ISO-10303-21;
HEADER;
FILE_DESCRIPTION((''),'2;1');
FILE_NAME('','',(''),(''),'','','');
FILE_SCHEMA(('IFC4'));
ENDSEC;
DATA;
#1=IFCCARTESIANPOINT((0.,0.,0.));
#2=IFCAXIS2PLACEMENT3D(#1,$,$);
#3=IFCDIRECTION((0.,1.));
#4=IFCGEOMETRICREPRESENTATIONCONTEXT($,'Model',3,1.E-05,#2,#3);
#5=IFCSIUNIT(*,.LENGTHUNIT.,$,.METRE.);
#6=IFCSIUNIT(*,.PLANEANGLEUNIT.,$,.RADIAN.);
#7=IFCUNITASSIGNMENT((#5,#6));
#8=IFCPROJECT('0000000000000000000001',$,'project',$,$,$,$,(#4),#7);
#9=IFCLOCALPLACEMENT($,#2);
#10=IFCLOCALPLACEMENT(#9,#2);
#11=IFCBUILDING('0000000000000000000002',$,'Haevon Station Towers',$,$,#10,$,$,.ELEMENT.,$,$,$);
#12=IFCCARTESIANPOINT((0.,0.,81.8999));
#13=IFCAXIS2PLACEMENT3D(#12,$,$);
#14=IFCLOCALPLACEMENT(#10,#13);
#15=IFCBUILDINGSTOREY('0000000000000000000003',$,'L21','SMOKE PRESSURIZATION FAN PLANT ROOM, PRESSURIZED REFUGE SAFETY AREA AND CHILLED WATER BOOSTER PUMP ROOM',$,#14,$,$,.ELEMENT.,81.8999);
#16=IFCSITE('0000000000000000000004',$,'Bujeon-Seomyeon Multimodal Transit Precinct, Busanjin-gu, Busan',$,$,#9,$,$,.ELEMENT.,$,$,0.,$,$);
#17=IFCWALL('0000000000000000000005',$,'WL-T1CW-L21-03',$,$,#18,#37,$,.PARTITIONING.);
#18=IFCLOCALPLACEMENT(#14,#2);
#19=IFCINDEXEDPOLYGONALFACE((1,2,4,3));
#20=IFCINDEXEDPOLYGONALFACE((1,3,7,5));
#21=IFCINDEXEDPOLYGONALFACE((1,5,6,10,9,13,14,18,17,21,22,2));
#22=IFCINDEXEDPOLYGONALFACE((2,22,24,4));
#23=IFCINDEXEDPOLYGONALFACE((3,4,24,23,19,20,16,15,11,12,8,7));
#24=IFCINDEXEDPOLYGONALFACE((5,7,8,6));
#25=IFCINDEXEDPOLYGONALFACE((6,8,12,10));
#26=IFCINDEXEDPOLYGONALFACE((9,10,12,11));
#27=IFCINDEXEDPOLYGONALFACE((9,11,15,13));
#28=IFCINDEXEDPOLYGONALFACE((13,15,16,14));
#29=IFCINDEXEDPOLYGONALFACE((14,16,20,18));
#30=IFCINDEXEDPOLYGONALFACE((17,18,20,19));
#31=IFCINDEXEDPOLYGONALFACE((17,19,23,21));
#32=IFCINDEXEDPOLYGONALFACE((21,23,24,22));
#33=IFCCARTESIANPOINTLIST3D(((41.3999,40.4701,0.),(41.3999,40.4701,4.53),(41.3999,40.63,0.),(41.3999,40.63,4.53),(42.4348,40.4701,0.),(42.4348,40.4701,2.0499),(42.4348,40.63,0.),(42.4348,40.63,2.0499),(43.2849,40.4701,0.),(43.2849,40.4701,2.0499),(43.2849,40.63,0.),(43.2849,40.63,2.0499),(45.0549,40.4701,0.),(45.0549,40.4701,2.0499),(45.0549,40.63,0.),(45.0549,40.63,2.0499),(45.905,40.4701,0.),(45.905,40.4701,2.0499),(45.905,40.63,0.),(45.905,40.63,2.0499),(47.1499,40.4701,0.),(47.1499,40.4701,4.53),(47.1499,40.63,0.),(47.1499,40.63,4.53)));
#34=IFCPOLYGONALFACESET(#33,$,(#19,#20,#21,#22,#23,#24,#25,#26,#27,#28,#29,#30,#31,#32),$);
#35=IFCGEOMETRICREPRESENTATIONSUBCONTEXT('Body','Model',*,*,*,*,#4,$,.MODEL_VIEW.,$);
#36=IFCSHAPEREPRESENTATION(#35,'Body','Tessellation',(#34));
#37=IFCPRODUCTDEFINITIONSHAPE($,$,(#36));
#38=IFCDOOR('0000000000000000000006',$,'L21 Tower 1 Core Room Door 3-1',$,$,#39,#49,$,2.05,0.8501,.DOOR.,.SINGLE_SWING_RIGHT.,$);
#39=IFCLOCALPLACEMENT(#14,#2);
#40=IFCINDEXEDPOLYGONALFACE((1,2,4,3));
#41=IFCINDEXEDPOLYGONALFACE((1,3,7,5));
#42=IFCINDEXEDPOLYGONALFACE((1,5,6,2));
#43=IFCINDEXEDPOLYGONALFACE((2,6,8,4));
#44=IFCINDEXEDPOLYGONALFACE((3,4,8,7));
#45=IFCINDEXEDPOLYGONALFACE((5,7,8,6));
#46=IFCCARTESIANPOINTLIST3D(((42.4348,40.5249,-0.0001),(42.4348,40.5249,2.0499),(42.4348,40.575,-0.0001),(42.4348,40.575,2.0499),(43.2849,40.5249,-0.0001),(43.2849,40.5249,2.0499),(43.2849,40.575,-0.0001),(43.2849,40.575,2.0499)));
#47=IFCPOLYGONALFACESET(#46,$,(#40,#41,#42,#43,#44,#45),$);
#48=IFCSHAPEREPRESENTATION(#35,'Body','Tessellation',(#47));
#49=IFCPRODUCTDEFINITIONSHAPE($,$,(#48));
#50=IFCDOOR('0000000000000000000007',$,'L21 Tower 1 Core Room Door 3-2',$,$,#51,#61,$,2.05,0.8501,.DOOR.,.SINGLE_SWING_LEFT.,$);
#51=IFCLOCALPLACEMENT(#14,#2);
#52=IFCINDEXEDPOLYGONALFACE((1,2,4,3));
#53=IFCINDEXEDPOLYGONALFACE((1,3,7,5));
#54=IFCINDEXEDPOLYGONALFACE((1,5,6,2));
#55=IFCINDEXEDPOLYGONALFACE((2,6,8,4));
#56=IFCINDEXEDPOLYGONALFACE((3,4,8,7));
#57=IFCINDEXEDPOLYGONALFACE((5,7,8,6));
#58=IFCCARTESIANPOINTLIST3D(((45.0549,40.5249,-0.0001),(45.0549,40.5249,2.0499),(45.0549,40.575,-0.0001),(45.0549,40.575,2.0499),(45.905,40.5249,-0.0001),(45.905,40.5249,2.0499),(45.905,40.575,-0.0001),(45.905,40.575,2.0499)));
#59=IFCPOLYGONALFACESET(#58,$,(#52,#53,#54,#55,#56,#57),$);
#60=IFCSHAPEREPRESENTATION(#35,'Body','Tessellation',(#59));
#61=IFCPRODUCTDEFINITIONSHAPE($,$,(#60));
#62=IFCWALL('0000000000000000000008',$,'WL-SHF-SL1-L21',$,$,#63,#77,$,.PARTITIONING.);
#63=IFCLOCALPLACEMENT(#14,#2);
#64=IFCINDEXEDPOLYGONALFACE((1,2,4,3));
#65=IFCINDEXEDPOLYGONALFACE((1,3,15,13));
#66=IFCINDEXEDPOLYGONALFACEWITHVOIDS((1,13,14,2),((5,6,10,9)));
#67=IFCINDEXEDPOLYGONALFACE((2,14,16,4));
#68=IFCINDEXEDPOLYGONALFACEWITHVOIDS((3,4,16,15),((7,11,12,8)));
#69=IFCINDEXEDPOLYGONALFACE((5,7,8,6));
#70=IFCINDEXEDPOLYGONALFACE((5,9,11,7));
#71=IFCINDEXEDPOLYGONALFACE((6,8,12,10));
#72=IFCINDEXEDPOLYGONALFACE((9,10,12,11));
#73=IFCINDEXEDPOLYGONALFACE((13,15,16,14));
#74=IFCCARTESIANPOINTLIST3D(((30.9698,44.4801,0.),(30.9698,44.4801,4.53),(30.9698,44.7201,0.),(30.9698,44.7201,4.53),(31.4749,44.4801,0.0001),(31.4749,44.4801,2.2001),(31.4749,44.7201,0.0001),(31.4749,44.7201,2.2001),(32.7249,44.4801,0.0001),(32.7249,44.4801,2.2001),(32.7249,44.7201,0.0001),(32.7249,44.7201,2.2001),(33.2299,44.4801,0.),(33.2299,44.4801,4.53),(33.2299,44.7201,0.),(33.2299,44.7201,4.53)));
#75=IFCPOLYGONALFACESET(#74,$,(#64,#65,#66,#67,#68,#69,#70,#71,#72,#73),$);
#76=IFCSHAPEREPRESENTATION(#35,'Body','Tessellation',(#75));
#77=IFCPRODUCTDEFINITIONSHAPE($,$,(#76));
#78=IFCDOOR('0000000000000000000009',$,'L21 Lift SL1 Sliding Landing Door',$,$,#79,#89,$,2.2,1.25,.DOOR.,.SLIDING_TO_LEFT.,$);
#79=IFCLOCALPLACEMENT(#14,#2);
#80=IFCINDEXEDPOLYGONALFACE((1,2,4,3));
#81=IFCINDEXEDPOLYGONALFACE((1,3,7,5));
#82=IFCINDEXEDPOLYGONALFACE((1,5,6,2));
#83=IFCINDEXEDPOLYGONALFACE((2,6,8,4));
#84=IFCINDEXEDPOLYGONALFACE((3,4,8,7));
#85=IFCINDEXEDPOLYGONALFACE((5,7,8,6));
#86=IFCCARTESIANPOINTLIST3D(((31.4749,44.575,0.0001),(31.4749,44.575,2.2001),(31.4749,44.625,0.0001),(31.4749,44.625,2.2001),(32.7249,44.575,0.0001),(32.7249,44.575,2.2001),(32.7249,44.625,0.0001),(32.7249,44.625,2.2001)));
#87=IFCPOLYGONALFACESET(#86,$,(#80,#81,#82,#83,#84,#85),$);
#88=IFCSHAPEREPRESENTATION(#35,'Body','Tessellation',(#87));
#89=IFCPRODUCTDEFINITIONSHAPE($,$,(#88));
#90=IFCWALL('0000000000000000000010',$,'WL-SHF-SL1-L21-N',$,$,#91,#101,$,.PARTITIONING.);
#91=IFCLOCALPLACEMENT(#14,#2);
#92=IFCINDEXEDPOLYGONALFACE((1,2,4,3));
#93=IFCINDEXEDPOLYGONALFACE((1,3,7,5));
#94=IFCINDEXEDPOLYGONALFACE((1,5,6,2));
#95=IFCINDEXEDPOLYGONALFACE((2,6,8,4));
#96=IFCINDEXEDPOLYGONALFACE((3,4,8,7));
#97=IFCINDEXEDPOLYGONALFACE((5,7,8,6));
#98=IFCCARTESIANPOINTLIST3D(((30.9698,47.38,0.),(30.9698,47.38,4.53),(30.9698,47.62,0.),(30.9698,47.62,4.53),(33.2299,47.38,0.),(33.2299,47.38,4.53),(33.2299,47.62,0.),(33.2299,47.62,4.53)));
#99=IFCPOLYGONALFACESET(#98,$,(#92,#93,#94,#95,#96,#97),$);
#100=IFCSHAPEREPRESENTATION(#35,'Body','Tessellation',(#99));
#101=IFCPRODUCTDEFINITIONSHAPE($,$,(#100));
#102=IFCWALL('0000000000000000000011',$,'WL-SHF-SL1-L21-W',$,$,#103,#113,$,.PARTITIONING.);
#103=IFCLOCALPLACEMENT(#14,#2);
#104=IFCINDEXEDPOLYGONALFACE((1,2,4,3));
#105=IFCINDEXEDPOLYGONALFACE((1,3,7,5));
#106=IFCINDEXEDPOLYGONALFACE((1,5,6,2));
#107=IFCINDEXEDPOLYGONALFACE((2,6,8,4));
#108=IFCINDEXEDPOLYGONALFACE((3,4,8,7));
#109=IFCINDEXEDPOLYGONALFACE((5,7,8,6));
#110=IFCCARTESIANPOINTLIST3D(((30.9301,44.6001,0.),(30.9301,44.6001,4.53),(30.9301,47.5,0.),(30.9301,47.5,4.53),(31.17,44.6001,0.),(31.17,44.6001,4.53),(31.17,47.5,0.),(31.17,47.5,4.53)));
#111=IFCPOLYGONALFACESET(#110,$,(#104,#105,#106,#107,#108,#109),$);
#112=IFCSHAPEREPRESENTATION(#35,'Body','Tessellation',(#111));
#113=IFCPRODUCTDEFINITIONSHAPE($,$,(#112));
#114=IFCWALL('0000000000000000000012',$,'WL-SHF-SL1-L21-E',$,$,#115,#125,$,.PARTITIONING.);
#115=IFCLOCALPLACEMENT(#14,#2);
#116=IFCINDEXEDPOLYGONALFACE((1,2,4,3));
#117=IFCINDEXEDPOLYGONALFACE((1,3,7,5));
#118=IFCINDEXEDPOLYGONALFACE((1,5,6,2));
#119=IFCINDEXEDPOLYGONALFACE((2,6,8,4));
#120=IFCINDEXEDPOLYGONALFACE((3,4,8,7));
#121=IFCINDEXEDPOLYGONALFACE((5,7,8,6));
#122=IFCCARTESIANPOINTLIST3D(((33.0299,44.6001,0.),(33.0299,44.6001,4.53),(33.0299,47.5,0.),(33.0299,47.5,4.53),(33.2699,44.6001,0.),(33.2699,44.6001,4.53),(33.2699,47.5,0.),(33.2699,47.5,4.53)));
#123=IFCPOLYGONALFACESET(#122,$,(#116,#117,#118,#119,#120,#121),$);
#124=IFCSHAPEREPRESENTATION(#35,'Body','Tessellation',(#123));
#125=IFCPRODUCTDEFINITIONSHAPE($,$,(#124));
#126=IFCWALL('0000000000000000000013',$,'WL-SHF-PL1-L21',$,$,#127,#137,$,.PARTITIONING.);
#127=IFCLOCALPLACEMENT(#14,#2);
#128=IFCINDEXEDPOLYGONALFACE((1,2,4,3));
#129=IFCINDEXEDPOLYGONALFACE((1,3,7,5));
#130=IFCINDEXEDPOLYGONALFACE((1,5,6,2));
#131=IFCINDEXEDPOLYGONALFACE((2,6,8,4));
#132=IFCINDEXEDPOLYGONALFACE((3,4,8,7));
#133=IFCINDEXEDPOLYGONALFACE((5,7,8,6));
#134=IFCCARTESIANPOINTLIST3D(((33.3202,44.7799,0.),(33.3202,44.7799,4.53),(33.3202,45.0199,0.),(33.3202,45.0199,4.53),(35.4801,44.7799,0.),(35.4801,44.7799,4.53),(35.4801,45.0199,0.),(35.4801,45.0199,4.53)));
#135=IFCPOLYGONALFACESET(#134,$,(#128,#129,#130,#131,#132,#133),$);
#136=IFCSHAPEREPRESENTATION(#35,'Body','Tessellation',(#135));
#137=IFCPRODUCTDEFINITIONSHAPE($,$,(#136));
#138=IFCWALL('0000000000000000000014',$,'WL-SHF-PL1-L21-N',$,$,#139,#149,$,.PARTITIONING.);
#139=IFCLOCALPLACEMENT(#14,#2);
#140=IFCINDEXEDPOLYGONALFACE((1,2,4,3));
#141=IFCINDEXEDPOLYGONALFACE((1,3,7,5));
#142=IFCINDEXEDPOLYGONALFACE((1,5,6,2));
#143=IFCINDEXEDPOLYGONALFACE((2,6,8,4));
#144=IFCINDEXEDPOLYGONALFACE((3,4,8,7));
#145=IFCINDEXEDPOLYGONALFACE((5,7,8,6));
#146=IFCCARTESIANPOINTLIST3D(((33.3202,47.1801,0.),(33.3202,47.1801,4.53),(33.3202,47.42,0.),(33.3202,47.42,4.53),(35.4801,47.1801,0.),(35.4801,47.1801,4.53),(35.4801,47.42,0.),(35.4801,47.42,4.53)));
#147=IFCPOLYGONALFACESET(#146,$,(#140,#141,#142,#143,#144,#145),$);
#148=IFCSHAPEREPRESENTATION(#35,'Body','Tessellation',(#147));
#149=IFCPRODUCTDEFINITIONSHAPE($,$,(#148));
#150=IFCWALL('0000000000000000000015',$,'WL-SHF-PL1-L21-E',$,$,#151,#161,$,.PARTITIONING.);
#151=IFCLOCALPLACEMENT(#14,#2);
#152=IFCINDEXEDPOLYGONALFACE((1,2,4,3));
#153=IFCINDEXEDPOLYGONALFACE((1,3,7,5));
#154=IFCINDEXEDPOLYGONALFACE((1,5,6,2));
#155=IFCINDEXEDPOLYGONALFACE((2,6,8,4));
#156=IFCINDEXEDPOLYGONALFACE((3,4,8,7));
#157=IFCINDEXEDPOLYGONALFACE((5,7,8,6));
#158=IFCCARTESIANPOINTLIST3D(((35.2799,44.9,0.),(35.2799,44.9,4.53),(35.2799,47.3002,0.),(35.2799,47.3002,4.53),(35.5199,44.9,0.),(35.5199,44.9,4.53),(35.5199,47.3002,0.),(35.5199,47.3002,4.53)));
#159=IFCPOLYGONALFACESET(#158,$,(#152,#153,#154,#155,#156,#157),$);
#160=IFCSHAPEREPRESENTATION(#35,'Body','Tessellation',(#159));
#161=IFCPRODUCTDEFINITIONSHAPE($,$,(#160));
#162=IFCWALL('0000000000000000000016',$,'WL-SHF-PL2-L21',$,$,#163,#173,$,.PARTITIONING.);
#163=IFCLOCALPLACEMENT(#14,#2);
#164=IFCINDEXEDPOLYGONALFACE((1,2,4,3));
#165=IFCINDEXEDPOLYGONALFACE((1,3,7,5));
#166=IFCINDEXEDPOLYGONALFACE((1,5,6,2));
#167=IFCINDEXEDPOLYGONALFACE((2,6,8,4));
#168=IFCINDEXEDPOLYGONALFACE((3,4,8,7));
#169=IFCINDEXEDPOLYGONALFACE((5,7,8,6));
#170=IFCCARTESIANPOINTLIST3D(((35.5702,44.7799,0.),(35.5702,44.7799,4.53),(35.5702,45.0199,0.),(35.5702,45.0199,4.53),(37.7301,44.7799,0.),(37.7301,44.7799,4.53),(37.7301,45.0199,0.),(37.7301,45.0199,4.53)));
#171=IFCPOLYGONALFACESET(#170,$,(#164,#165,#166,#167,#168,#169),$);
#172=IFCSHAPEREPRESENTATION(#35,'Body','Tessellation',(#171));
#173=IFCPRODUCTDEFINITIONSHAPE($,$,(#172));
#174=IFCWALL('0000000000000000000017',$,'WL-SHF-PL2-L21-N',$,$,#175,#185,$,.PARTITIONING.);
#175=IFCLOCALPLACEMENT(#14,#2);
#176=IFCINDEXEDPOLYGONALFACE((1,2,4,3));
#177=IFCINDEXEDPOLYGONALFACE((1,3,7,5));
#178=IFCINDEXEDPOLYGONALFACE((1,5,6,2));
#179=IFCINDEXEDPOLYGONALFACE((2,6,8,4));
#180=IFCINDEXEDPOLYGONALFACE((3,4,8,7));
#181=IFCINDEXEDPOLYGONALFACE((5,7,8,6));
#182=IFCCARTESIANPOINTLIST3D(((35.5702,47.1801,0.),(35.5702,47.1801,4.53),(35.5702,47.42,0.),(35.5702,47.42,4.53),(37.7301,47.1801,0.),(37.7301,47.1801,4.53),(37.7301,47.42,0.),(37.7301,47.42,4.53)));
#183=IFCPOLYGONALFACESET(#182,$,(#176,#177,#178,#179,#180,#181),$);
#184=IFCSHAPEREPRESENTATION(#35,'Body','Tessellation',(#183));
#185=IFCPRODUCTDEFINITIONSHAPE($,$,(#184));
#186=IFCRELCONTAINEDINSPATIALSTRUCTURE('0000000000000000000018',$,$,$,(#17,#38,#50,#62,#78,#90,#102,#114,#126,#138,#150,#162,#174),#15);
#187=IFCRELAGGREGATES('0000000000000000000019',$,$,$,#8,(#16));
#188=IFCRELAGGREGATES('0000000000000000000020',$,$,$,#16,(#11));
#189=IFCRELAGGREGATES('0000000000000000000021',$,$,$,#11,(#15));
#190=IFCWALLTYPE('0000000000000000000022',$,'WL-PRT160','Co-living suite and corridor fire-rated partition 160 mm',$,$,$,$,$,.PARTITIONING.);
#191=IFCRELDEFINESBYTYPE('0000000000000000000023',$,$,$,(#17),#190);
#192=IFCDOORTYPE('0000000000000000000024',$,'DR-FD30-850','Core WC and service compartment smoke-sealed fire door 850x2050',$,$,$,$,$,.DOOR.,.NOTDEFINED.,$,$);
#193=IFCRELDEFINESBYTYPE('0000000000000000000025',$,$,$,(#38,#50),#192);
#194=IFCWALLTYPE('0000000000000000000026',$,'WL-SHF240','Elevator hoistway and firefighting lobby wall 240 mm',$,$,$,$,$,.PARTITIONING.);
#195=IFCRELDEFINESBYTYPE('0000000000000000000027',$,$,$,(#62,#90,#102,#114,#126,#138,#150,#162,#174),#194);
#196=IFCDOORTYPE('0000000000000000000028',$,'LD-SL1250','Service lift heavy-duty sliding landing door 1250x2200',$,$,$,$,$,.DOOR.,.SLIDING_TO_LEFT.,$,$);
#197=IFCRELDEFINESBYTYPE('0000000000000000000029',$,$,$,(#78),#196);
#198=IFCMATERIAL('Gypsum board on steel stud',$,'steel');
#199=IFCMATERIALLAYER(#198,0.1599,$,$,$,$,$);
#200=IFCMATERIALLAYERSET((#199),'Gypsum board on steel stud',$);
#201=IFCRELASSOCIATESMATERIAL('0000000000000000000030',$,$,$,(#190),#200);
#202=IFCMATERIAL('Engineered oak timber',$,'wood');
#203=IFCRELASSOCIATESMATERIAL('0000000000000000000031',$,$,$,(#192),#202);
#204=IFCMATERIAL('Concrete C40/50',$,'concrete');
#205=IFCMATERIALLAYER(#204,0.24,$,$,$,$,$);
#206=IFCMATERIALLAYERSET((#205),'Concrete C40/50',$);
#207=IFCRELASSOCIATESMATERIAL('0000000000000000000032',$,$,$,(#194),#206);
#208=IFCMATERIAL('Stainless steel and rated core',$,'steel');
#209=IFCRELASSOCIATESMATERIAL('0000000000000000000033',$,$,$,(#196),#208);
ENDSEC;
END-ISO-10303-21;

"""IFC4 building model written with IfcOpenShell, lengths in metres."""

from ifc_helpers import new_model, si_unit, direction, frame, frame_2d, origin, place, context, subcontext, project, spatial, rectangle, extrude, material, layer, layer_set, type_object, element, fill, save


model = new_model("IFC4")

# Units and contexts
model_context = context("Model", 3, precision=1e-05, world=origin(), true_north=direction((0.0, 1.0)))
body_context = subcontext(model_context, "Body", "Model", "MODEL_VIEW")
ifc_project = project(units=[si_unit("LENGTHUNIT", "METRE"), si_unit("PLANEANGLEUNIT", "RADIAN")], contexts=[model_context])

# Site, building, storey
site_placement = place(None, origin())
site = spatial("IfcSite", under=ifc_project, at=site_placement, Name="Bujeon-Seomyeon Multimodal Transit Precinct, Busanjin-gu, Busan", CompositionType="ELEMENT", RefElevation=0.0)
building_placement = place(site_placement, origin())
building = spatial("IfcBuilding", under=site, at=building_placement, Name="Haevon Station Towers", CompositionType="ELEMENT")
storey_placement = place(building_placement, frame((0.0, 0.0, 81.8999)))
storey = spatial("IfcBuildingStorey", under=building, at=storey_placement, Name="L21", Description="SMOKE PRESSURIZATION FAN PLANT ROOM, PRESSURIZED REFUGE SAFETY AREA AND CHILLED WATER BOOSTER PUMP ROOM", CompositionType="ELEMENT", Elevation=81.8999)

# Shared definitions
ifc_material_1 = material(Name="Gypsum board on steel stud", Category="steel")
ifc_layer_1 = layer(ifc_material_1, 0.1599)
ifc_layer_set_1 = layer_set([ifc_layer_1], Name="Gypsum board on steel stud")
wall_type_1 = type_object("IfcWallType", Name="WL-PRT160", Description="Co-living suite and corridor fire-rated partition 160 mm", PredefinedType="PARTITIONING", material=ifc_layer_set_1)

# Wall, openings, doors
wall_1_placement = place(storey_placement, frame((41.3999, 40.55, 0.0), z_axis=(0.0, 0.0, 1.0), x_axis=(1.0, 0.0, 0.0)))
wall_1 = element("IfcWall", 1, at=wall_1_placement, inside=storey, type_object=wall_type_1, Name="WL-T1CW-L21-03", PredefinedType="PARTITIONING", context=body_context, shape_type="SweptSolid", body=[
    extrude(rectangle(XDim=5.75, YDim=0.1599, at=frame_2d((2.875, 0.0))), origin(), (0.0, 0.0, 1.0), 4.53),
])
opening_1_placement = place(wall_1_placement, frame((1.0349, 0.0, 0.0)))
opening_1 = element("IfcOpeningElement", 2, at=opening_1_placement, cuts=wall_1, PredefinedType="OPENING", context=body_context, shape_type="SweptSolid", body=[
    extrude(rectangle(XDim=0.8501, YDim=2.05, at=frame_2d((0.425, 1.0249))), frame((0.0, 0.0898, 0.0), z_axis=(0.0, -1.0, 0.0), x_axis=(1.0, 0.0, 0.0)), (0.0, 0.0, 1.0), 0.1799),
])
opening_2_placement = place(wall_1_placement, frame((3.655, 0.0, 0.0)))
opening_2 = element("IfcOpeningElement", 3, at=opening_2_placement, cuts=wall_1, PredefinedType="OPENING", context=body_context, shape_type="SweptSolid", body=[
    extrude(rectangle(XDim=0.8501, YDim=2.05, at=frame_2d((0.425, 1.0249))), frame((0.0, 0.0898, 0.0), z_axis=(0.0, -1.0, 0.0), x_axis=(1.0, 0.0, 0.0)), (0.0, 0.0, 1.0), 0.1799),
])
ifc_material_2 = material(Name="Engineered oak timber", Category="wood")
door_type_1 = type_object("IfcDoorType", Name="DR-FD30-850", Description="Core WC and service compartment smoke-sealed fire door 850x2050", OperationType="NOTDEFINED", PredefinedType="DOOR", material=ifc_material_2)
door_1_placement = place(opening_1_placement, origin())
door_1 = element("IfcDoor", 4, at=door_1_placement, inside=storey, type_object=door_type_1, Name="L21 Tower 1 Core Room Door 3-1", OperationType="SINGLE_SWING_RIGHT", OverallHeight=2.05, OverallWidth=0.8501, PredefinedType="DOOR", context=body_context, shape_type="SweptSolid", body=[
    extrude(rectangle(XDim=0.8501, YDim=2.05, at=frame_2d((0.425, 1.0249))), frame((0.0, 0.0249, 0.0), z_axis=(0.0, -1.0, 0.0), x_axis=(1.0, 0.0, 0.0)), (0.0, 0.0, 1.0), 0.05),
])
fill(opening_1, door_1)
door_2_placement = place(opening_2_placement, origin())
door_2 = element("IfcDoor", 5, at=door_2_placement, inside=storey, type_object=door_type_1, Name="L21 Tower 1 Core Room Door 3-2", OperationType="SINGLE_SWING_LEFT", OverallHeight=2.05, OverallWidth=0.8501, PredefinedType="DOOR", context=body_context, shape_type="SweptSolid", body=[
    extrude(rectangle(XDim=0.8501, YDim=2.05, at=frame_2d((0.425, 1.0249))), frame((0.0, 0.0249, 0.0), z_axis=(0.0, -1.0, 0.0), x_axis=(1.0, 0.0, 0.0)), (0.0, 0.0, 1.0), 0.05),
])
fill(opening_2, door_2)

# Wall, opening, door
ifc_material_3 = material(Name="Concrete C40/50", Category="concrete")
ifc_layer_2 = layer(ifc_material_3, 0.24)
ifc_layer_set_2 = layer_set([ifc_layer_2], Name="Concrete C40/50")
wall_type_2 = type_object("IfcWallType", Name="WL-SHF240", Description="Elevator hoistway and firefighting lobby wall 240 mm", PredefinedType="PARTITIONING", material=ifc_layer_set_2)
wall_2_placement = place(storey_placement, frame((30.97, 44.6001, 0.0), z_axis=(0.0, 0.0, 1.0), x_axis=(1.0, 0.0, 0.0)))
wall_2 = element("IfcWall", 6, at=wall_2_placement, inside=storey, type_object=wall_type_2, Name="WL-SHF-SL1-L21", PredefinedType="PARTITIONING", context=body_context, shape_type="SweptSolid", body=[
    extrude(rectangle(XDim=2.26, YDim=0.24, at=frame_2d((1.1299, 0.0))), origin(), (0.0, 0.0, 1.0), 4.53),
])
opening_3_placement = place(wall_2_placement, frame((0.5049, 0.0, 0.0)))
opening_3 = element("IfcOpeningElement", 7, at=opening_3_placement, cuts=wall_2, PredefinedType="OPENING", context=body_context, shape_type="SweptSolid", body=[
    extrude(rectangle(XDim=1.25, YDim=2.2, at=frame_2d((0.625, 1.1001))), frame((0.0, 0.1299, 0.0), z_axis=(0.0, -1.0, 0.0), x_axis=(1.0, 0.0, 0.0)), (0.0, 0.0, 1.0), 0.26),
])
ifc_material_4 = material(Name="Stainless steel and rated core", Category="steel")
door_type_2 = type_object("IfcDoorType", Name="LD-SL1250", Description="Service lift heavy-duty sliding landing door 1250x2200", OperationType="SLIDING_TO_LEFT", PredefinedType="DOOR", material=ifc_material_4)
door_3_placement = place(opening_3_placement, origin())
door_3 = element("IfcDoor", 8, at=door_3_placement, inside=storey, type_object=door_type_2, Name="L21 Lift SL1 Sliding Landing Door", OperationType="SLIDING_TO_LEFT", OverallHeight=2.2, OverallWidth=1.25, PredefinedType="DOOR", context=body_context, shape_type="SweptSolid", body=[
    extrude(rectangle(XDim=1.25, YDim=2.2, at=frame_2d((0.625, 1.1001))), frame((0.0, 0.0249, 0.0), z_axis=(0.0, -1.0, 0.0), x_axis=(1.0, 0.0, 0.0)), (0.0, 0.0, 1.0), 0.05),
])
fill(opening_3, door_3)

# Walls
wall_3_placement = place(storey_placement, frame((30.97, 47.5, 0.0), z_axis=(0.0, 0.0, 1.0), x_axis=(1.0, 0.0, 0.0)))
element("IfcWall", 9, at=wall_3_placement, inside=storey, type_object=wall_type_2, Name="WL-SHF-SL1-L21-N", PredefinedType="PARTITIONING", context=body_context, shape_type="SweptSolid", body=[
    extrude(rectangle(XDim=2.26, YDim=0.24, at=frame_2d((1.1299, 0.0))), origin(), (0.0, 0.0, 1.0), 4.53),
])
for number, where, z_axis, x_axis, name in (
    (10, (31.05, 44.6001, 0.0), (0.0, 0.0, 1.0), (0.0, 1.0, 0.0), "WL-SHF-SL1-L21-W"),
    (11, (33.1499, 44.6001, 0.0), (0.0, 0.0, 1.0), (0.0, 1.0, 0.0), "WL-SHF-SL1-L21-E"),
):
    element("IfcWall", number, at=place(storey_placement, frame(where, z_axis=z_axis, x_axis=x_axis)), inside=storey, type_object=wall_type_2, Name=name, PredefinedType="PARTITIONING", context=body_context, shape_type="SweptSolid", body=[
        extrude(rectangle(XDim=2.8999, YDim=0.24, at=frame_2d((1.45, 0.0))), origin(), (0.0, 0.0, 1.0), 4.53),
    ])
for number, where, z_axis, x_axis, name in (
    (12, (33.3201, 44.8999, 0.0), (0.0, 0.0, 1.0), (1.0, 0.0, 0.0), "WL-SHF-PL1-L21"),
    (13, (33.3201, 47.3, 0.0), (0.0, 0.0, 1.0), (1.0, 0.0, 0.0), "WL-SHF-PL1-L21-N"),
):
    element("IfcWall", number, at=place(storey_placement, frame(where, z_axis=z_axis, x_axis=x_axis)), inside=storey, type_object=wall_type_2, Name=name, PredefinedType="PARTITIONING", context=body_context, shape_type="SweptSolid", body=[
        extrude(rectangle(XDim=2.1599, YDim=0.24, at=frame_2d((1.0801, 0.0))), origin(), (0.0, 0.0, 1.0), 4.53),
    ])
wall_4_placement = place(storey_placement, frame((35.3999, 44.8999, 0.0), z_axis=(0.0, 0.0, 1.0), x_axis=(0.0, 1.0, 0.0)))
element("IfcWall", 14, at=wall_4_placement, inside=storey, type_object=wall_type_2, Name="WL-SHF-PL1-L21-E", PredefinedType="PARTITIONING", context=body_context, shape_type="SweptSolid", body=[
    extrude(rectangle(XDim=2.4001, YDim=0.24, at=frame_2d((1.2002, 0.0))), origin(), (0.0, 0.0, 1.0), 4.53),
])
for number, where, z_axis, x_axis, name in (
    (15, (35.5701, 44.8999, 0.0), (0.0, 0.0, 1.0), (1.0, 0.0, 0.0), "WL-SHF-PL2-L21"),
    (16, (35.5701, 47.3, 0.0), (0.0, 0.0, 1.0), (1.0, 0.0, 0.0), "WL-SHF-PL2-L21-N"),
):
    element("IfcWall", number, at=place(storey_placement, frame(where, z_axis=z_axis, x_axis=x_axis)), inside=storey, type_object=wall_type_2, Name=name, PredefinedType="PARTITIONING", context=body_context, shape_type="SweptSolid", body=[
        extrude(rectangle(XDim=2.1599, YDim=0.24, at=frame_2d((1.0801, 0.0))), origin(), (0.0, 0.0, 1.0), 4.53),
    ])

save(model, "model.ifc")
